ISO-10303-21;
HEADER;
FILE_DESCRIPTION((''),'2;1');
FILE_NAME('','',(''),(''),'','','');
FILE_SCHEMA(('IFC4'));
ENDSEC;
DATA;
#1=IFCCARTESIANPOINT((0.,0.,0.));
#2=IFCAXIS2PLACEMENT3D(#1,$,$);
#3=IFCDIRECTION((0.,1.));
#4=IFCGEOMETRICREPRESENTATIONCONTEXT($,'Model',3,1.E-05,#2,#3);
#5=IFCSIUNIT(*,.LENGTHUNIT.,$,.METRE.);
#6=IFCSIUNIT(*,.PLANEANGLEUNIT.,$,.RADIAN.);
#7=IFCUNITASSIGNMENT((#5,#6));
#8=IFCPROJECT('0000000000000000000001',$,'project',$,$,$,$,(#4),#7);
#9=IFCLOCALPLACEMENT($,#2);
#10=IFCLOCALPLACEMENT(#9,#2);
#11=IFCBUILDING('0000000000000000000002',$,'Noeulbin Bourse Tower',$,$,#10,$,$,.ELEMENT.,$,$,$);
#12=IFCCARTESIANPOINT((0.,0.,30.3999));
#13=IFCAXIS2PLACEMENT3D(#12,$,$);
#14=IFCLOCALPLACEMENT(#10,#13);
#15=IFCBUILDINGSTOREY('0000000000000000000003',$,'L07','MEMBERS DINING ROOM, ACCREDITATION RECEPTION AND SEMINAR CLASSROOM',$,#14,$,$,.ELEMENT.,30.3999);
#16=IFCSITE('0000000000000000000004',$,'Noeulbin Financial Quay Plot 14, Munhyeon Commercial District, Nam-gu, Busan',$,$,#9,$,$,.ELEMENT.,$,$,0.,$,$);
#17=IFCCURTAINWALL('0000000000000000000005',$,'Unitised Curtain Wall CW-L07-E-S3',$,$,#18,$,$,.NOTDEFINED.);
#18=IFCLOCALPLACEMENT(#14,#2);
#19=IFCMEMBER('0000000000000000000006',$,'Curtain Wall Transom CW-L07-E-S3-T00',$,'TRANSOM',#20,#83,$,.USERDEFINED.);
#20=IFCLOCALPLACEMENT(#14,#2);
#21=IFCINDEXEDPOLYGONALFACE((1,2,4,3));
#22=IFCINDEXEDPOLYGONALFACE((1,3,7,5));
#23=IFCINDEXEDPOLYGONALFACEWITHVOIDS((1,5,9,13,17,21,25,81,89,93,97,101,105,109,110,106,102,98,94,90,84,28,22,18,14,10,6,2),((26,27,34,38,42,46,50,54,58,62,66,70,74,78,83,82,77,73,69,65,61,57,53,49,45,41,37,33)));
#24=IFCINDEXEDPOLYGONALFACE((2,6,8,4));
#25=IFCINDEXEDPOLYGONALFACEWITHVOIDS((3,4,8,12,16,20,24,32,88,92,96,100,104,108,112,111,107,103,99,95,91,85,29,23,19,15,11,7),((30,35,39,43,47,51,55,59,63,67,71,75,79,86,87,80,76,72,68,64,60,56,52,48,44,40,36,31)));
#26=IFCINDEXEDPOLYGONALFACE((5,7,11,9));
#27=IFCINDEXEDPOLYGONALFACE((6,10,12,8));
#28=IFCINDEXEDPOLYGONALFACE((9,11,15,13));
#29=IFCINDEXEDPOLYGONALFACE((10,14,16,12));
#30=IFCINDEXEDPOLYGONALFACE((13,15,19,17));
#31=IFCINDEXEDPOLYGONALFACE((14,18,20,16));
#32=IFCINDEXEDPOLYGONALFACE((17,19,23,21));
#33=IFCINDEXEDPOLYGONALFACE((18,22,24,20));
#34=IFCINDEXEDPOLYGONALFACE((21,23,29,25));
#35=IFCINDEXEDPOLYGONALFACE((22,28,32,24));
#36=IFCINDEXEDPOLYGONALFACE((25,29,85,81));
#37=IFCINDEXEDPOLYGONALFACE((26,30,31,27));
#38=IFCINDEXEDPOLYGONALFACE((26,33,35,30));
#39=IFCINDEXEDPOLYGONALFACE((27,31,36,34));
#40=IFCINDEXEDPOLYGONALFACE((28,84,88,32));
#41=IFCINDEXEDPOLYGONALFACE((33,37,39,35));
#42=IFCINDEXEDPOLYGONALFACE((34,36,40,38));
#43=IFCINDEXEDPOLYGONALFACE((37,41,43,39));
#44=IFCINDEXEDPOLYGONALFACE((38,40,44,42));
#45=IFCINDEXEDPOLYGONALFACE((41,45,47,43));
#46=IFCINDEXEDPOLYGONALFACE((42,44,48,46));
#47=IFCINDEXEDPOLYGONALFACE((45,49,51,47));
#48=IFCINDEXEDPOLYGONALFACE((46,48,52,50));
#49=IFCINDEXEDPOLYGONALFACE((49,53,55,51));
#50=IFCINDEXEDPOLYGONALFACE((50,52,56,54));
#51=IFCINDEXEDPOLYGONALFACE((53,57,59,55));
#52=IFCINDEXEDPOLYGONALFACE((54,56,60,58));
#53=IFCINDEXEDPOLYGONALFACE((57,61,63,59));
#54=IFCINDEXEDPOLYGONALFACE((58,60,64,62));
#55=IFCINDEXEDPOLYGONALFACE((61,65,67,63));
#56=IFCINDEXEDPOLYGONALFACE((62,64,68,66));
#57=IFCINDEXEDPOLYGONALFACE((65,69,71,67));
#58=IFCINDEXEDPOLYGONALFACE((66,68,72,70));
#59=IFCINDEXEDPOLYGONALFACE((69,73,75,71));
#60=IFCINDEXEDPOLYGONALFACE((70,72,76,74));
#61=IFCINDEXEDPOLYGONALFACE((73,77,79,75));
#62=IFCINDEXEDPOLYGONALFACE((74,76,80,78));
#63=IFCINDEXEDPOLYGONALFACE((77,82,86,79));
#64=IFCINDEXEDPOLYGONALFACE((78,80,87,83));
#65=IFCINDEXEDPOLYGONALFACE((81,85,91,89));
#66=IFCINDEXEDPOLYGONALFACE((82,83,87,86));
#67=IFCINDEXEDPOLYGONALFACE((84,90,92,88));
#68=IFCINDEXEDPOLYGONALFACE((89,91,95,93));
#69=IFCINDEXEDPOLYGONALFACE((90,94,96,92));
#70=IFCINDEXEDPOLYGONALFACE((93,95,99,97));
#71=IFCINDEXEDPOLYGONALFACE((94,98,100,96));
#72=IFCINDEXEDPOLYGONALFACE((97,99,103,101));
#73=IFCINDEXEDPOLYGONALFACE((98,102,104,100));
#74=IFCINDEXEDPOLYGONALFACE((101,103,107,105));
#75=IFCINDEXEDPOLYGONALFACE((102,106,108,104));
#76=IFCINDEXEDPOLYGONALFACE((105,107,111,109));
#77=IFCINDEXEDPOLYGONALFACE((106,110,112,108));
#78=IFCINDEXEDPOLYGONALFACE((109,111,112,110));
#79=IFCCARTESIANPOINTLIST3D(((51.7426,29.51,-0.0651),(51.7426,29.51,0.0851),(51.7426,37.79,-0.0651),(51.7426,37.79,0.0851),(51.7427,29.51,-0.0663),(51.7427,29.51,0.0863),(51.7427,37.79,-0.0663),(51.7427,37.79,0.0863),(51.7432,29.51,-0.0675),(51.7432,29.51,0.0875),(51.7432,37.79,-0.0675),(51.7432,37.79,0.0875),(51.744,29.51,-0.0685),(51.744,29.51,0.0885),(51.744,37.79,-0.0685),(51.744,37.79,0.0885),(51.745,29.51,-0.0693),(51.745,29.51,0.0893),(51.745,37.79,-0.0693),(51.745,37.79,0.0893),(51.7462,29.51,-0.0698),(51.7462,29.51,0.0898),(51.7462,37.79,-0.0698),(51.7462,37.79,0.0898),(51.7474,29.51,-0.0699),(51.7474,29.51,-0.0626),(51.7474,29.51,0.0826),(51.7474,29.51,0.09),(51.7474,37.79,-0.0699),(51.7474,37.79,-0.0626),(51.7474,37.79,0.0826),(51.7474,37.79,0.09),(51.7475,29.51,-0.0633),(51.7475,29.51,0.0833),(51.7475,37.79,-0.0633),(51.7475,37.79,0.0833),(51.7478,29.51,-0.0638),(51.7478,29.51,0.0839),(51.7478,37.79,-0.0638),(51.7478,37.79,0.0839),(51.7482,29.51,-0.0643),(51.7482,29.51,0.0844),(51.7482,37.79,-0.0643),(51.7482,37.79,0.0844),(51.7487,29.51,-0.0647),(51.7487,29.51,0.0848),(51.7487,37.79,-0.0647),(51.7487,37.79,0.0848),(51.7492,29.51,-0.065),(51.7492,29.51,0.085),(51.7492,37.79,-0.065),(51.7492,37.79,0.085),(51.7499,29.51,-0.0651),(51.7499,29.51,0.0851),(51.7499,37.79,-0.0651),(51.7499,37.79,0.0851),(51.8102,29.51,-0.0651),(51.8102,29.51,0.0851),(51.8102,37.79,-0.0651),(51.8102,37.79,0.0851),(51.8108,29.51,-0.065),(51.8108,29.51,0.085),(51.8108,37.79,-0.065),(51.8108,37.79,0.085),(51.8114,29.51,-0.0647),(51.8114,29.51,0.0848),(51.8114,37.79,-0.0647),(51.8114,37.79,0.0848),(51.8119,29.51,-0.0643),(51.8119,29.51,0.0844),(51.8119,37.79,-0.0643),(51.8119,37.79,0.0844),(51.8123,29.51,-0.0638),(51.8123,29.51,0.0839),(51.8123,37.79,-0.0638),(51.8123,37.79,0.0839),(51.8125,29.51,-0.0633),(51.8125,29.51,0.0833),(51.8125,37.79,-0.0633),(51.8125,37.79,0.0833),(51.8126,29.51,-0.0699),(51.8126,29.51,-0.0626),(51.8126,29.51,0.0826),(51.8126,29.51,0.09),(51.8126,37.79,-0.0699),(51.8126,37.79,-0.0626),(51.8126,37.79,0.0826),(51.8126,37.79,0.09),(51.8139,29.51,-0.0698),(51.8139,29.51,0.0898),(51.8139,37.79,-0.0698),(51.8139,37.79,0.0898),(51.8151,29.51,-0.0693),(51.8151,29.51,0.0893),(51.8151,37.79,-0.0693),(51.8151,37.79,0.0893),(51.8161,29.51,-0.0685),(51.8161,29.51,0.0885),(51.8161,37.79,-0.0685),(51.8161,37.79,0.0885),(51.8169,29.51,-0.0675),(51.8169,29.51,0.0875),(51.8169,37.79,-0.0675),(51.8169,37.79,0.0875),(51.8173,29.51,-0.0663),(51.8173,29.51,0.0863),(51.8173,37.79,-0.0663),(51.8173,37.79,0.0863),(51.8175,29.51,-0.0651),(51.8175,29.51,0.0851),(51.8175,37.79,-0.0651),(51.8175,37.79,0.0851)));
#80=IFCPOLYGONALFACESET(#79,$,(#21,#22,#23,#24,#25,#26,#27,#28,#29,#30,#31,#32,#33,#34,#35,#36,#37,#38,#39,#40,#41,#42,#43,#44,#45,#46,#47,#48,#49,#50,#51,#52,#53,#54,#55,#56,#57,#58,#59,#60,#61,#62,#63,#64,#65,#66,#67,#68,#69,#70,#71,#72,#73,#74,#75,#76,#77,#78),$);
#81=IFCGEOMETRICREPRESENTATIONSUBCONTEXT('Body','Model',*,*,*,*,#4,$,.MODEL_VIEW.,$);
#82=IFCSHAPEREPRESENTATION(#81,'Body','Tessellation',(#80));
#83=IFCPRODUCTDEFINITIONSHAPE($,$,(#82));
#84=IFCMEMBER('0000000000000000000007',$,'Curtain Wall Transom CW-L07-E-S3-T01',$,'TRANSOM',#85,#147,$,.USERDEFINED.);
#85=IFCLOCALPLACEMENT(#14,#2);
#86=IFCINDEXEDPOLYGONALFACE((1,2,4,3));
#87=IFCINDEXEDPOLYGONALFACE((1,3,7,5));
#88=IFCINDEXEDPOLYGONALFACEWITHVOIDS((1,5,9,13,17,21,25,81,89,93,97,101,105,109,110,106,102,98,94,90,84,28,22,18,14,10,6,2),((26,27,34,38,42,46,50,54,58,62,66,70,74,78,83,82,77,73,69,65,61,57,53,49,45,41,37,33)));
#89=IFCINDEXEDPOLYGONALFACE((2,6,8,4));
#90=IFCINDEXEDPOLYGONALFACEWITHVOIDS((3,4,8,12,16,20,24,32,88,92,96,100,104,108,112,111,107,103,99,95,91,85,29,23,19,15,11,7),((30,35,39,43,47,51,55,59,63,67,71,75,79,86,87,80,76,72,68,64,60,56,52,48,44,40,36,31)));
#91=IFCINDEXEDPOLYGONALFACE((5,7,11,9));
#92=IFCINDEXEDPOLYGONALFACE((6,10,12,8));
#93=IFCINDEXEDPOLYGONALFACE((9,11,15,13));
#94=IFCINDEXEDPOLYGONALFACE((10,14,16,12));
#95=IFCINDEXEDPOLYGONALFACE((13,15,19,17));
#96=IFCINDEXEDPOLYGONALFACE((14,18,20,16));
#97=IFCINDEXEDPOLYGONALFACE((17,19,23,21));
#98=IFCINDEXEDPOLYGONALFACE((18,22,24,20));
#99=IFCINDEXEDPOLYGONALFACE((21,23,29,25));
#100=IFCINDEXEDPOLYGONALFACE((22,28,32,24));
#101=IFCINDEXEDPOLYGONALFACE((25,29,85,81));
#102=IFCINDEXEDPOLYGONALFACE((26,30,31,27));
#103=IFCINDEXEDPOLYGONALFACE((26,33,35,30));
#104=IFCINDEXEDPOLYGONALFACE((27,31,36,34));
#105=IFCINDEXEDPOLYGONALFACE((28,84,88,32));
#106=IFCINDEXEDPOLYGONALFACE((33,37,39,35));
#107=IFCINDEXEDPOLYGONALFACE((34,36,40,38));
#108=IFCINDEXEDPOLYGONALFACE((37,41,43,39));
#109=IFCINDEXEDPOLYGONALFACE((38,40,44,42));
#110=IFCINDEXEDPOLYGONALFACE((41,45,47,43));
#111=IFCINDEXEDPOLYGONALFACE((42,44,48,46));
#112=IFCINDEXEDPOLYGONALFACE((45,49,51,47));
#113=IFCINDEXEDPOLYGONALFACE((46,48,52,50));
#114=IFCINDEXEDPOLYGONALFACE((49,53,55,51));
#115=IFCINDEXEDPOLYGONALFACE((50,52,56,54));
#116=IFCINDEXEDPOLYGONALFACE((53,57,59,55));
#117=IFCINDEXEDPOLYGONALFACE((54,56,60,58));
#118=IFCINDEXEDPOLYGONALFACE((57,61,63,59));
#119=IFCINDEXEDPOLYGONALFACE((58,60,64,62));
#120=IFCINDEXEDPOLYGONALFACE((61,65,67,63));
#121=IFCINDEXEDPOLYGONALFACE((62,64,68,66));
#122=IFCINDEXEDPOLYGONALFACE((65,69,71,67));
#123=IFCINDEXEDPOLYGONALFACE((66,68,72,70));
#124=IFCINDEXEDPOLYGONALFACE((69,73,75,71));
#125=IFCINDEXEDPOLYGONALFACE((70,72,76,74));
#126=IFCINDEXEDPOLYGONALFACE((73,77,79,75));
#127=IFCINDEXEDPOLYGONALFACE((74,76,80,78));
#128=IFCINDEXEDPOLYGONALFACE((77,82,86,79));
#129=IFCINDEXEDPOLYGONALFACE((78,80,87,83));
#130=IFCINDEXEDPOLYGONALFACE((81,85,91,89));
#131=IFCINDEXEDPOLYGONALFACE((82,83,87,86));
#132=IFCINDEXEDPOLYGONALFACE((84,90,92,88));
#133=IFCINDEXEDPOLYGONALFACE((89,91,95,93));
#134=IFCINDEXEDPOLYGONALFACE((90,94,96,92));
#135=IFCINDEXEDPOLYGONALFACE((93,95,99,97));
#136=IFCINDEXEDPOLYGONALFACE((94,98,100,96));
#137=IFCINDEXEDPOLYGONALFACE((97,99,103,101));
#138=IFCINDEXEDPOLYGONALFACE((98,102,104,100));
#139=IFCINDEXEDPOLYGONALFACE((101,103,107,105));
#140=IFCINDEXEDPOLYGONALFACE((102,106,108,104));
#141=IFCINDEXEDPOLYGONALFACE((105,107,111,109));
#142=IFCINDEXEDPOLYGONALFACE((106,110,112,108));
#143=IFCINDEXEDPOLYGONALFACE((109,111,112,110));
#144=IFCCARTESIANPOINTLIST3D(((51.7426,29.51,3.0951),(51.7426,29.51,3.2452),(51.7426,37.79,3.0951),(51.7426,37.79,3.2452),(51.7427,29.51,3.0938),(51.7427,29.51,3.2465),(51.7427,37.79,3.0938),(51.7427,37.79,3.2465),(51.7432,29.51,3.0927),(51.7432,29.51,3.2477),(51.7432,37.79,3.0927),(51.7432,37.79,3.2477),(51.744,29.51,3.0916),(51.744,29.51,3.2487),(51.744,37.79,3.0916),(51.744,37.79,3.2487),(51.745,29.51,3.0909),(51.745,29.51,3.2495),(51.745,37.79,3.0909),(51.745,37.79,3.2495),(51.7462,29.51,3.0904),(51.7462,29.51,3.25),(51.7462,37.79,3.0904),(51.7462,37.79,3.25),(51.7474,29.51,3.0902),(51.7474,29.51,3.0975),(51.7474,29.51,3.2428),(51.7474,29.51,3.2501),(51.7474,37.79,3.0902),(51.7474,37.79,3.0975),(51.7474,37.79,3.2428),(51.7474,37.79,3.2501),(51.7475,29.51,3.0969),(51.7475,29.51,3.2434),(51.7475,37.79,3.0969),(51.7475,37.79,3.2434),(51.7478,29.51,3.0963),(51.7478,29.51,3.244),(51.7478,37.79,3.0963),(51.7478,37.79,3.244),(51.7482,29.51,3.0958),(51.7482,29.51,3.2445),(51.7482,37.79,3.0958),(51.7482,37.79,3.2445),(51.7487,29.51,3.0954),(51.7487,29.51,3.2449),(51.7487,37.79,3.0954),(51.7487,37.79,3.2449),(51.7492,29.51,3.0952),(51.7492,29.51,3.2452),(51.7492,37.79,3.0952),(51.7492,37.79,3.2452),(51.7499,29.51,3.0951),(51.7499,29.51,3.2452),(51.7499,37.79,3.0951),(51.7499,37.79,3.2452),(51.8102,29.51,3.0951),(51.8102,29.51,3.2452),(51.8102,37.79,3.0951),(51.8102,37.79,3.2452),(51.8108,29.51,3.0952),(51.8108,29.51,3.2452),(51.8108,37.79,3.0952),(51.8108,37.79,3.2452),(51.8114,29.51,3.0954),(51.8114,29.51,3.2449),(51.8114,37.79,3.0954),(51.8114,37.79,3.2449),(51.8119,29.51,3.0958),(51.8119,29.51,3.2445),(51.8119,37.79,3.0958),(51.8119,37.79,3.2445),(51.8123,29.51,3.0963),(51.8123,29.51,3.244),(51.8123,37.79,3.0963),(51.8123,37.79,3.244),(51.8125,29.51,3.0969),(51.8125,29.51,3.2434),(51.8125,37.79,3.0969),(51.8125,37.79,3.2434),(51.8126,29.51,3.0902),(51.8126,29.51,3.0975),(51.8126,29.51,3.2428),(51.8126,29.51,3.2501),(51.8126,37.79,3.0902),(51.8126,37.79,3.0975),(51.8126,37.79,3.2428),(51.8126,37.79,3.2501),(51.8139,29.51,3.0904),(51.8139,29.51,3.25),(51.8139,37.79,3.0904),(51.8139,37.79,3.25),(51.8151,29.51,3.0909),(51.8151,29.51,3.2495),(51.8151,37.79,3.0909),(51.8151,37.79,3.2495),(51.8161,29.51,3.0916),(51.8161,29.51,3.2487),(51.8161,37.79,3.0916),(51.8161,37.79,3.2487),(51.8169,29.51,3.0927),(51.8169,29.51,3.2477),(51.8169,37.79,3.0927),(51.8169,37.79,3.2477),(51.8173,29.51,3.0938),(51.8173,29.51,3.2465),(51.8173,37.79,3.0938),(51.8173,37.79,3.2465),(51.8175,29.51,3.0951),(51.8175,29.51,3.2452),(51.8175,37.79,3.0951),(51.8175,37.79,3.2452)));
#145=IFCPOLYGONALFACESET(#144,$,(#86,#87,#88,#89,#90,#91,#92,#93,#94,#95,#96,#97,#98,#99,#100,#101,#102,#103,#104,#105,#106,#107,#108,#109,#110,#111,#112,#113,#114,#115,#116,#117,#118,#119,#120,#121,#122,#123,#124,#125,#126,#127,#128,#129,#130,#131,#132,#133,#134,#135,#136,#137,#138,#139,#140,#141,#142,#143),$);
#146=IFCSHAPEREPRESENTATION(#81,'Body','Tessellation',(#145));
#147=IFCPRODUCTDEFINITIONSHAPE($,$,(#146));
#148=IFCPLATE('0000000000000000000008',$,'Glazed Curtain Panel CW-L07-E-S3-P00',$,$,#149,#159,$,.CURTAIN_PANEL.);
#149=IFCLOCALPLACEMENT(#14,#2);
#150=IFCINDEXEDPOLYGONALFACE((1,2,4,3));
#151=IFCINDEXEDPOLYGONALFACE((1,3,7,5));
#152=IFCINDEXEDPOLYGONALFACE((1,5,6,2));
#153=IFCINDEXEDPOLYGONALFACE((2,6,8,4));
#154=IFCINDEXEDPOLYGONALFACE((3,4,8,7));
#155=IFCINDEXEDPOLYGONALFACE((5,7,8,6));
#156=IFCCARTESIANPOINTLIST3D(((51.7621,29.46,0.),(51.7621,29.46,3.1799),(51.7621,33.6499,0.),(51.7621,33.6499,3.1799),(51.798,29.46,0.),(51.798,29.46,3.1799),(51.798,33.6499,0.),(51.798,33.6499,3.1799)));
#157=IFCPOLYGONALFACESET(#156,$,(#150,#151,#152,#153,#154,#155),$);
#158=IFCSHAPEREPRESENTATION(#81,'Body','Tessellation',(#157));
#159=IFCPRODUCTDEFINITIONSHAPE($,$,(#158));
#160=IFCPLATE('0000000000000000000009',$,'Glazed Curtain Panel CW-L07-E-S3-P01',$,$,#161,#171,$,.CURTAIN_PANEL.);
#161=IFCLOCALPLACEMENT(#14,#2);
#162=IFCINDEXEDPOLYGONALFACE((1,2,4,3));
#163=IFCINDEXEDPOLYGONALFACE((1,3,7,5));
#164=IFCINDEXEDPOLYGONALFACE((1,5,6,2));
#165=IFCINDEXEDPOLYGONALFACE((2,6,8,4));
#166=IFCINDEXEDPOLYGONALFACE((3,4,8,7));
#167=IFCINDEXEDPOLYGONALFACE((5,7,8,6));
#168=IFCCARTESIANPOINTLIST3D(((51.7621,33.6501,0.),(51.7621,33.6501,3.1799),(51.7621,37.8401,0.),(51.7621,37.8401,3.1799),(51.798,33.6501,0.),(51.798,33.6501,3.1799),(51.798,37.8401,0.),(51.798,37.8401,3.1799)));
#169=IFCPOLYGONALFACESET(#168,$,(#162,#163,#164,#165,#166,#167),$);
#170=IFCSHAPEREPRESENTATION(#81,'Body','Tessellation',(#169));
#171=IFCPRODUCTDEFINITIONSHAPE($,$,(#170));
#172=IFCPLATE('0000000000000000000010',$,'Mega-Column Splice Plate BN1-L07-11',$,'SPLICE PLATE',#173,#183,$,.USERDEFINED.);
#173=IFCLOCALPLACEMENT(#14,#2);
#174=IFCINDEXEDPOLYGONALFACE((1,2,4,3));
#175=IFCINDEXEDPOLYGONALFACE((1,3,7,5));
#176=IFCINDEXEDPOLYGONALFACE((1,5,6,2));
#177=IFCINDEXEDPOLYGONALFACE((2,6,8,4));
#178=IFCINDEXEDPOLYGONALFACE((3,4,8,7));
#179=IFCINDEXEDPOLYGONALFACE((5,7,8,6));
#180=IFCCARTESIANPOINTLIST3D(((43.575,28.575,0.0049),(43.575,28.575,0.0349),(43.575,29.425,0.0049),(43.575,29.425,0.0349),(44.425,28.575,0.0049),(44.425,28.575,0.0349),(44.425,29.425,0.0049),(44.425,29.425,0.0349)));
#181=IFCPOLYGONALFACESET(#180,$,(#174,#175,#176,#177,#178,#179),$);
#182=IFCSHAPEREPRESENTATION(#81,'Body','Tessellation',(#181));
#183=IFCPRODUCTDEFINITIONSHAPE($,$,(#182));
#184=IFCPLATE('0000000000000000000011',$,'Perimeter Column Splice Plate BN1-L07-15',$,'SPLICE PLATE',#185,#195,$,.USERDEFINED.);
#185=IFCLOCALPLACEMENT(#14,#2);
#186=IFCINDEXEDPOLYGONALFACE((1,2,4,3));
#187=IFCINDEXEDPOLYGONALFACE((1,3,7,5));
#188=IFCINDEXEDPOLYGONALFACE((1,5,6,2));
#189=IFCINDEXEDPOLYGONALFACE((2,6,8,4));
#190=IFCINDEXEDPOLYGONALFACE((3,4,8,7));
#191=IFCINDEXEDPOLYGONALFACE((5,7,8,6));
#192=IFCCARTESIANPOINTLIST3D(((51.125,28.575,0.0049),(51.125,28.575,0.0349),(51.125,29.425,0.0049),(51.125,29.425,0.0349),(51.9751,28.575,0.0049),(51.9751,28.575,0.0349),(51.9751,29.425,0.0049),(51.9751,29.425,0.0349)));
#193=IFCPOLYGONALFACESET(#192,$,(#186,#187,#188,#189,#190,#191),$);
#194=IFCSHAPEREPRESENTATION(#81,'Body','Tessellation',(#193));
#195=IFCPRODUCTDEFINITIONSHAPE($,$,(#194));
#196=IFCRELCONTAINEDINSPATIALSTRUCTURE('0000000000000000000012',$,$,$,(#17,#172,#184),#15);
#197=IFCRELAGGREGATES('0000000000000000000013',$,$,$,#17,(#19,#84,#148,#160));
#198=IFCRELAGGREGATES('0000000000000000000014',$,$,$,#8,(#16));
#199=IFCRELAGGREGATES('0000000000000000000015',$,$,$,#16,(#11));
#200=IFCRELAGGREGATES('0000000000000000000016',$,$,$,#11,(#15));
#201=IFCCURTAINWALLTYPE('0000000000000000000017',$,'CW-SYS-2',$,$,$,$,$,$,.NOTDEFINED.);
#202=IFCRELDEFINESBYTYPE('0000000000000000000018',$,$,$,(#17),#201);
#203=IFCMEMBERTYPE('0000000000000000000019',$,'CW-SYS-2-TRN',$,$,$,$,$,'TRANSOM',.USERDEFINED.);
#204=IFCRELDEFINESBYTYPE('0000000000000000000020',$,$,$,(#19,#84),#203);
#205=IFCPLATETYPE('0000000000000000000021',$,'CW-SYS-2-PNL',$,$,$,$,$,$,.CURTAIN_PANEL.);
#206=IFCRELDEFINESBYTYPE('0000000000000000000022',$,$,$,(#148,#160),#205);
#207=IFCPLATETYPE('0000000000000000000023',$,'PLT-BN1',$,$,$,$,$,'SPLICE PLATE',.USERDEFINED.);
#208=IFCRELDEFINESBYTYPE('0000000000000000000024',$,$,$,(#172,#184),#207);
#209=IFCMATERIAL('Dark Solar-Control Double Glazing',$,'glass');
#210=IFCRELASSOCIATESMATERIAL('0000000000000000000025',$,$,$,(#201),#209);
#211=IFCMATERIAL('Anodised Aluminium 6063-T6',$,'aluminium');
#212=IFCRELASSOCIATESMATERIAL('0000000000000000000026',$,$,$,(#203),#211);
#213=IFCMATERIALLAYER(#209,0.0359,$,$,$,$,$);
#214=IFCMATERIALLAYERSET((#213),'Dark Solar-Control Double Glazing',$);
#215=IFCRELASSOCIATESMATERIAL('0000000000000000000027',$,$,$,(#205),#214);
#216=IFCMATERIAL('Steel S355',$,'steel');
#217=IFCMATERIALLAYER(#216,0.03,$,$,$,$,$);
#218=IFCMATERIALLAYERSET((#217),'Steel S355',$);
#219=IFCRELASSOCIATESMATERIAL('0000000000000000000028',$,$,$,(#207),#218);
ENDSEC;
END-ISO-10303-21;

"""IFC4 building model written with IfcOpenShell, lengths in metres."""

from ifc_helpers import new_model, si_unit, direction, frame, origin, origin_2d, place, context, subcontext, project, spatial, rectangle, hollow_rectangle, extrude, material, layer, layer_set, material_profile, profile_set, type_object, element, aggregate, save


model = new_model("IFC4")

# Units and contexts
model_context = context("Model", 3, precision=1e-05, world=origin(), true_north=direction((0.0, 1.0)))
body_context = subcontext(model_context, "Body", "Model", "MODEL_VIEW")
ifc_project = project(units=[si_unit("LENGTHUNIT", "METRE"), si_unit("PLANEANGLEUNIT", "RADIAN")], contexts=[model_context])

# Site, building, storey
site_placement = place(None, origin())
site = spatial("IfcSite", under=ifc_project, at=site_placement, Name="Noeulbin Financial Quay Plot 14, Munhyeon Commercial District, Nam-gu, Busan", CompositionType="ELEMENT", RefElevation=0.0)
building_placement = place(site_placement, origin())
building = spatial("IfcBuilding", under=site, at=building_placement, Name="Noeulbin Bourse Tower", CompositionType="ELEMENT")
storey_placement = place(building_placement, frame((0.0, 0.0, 30.3999)))
storey = spatial("IfcBuildingStorey", under=building, at=storey_placement, Name="L07", Description="MEMBERS DINING ROOM, ACCREDITATION RECEPTION AND SEMINAR CLASSROOM", CompositionType="ELEMENT", Elevation=30.3999)

# Shared definitions
ifc_material_1 = material(Name="Steel S355", Category="steel")

# Curtain wall, members, plates
ifc_material_2 = material(Name="Dark Solar-Control Double Glazing", Category="glass")
curtain_wall_type = type_object("IfcCurtainWallType", Name="CW-SYS-2", PredefinedType="NOTDEFINED", material=ifc_material_2)
curtain_wall_placement = place(storey_placement, origin())
curtain_wall = element("IfcCurtainWall", 1, at=curtain_wall_placement, inside=storey, type_object=curtain_wall_type, Name="Unitised Curtain Wall CW-L07-E-S3", PredefinedType="NOTDEFINED")
ifc_material_3 = material(Name="Anodised Aluminium 6063-T6", Category="aluminium")
ifc_material_profile_1 = material_profile(ifc_material_3, hollow_rectangle(XDim=0.075, YDim=0.1599, WallThickness=0.0049, InnerFilletRadius=0.0024, OuterFilletRadius=0.0049, at=origin_2d()), Name="ALU-TRAN-75x160x5", Category="LoadBearing")
ifc_profile_set_1 = profile_set([ifc_material_profile_1], Name="Anodised Aluminium 6063-T6")
member_type_1 = type_object("IfcMemberType", Name="CW-SYS-2-TRN", ElementType="TRANSOM", PredefinedType="USERDEFINED", material=ifc_profile_set_1)
member_1_placement = place(storey_placement, frame((51.78, 29.51, 0.01), z_axis=(0.0, 1.0, 0.0), x_axis=(-1.0, 0.0, 0.0)))
member_1 = element("IfcMember", 2, at=member_1_placement, type_object=member_type_1, Name="Curtain Wall Transom CW-L07-E-S3-T00", ObjectType="TRANSOM", PredefinedType="USERDEFINED", context=body_context, shape_type="SweptSolid", body=[
    extrude(hollow_rectangle(XDim=0.075, YDim=0.1599, WallThickness=0.0049, InnerFilletRadius=0.0024, OuterFilletRadius=0.0049, at=origin_2d()), origin(), (0.0, 0.0, 1.0), 8.28),
])
member_2_placement = place(storey_placement, frame((51.78, 29.51, 3.1702), z_axis=(0.0, 1.0, 0.0), x_axis=(-1.0, 0.0, 0.0)))
member_2 = element("IfcMember", 3, at=member_2_placement, type_object=member_type_1, Name="Curtain Wall Transom CW-L07-E-S3-T01", ObjectType="TRANSOM", PredefinedType="USERDEFINED", context=body_context, shape_type="SweptSolid", body=[
    extrude(hollow_rectangle(XDim=0.075, YDim=0.1599, WallThickness=0.0049, InnerFilletRadius=0.0024, OuterFilletRadius=0.0049, at=origin_2d()), origin(), (0.0, 0.0, 1.0), 8.28),
])
ifc_layer_1 = layer(ifc_material_2, 0.0359)
ifc_layer_set_1 = layer_set([ifc_layer_1], Name="Dark Solar-Control Double Glazing")
plate_type_1 = type_object("IfcPlateType", Name="CW-SYS-2-PNL", PredefinedType="CURTAIN_PANEL", material=ifc_layer_set_1)
plate_1_placement = place(storey_placement, frame((51.78, 31.5549, 0.0), z_axis=(0.0, 0.0, 1.0), x_axis=(0.0, 1.0, 0.0)))
plate_1 = element("IfcPlate", 4, at=plate_1_placement, type_object=plate_type_1, Name="Glazed Curtain Panel CW-L07-E-S3-P00", PredefinedType="CURTAIN_PANEL", context=body_context, shape_type="SweptSolid", body=[
    extrude(rectangle(XDim=4.1899, YDim=0.0359, at=origin_2d()), origin(), (0.0, 0.0, 1.0), 3.1799),
])
plate_2_placement = place(storey_placement, frame((51.78, 35.7451, 0.0), z_axis=(0.0, 0.0, 1.0), x_axis=(0.0, 1.0, 0.0)))
plate_2 = element("IfcPlate", 5, at=plate_2_placement, type_object=plate_type_1, Name="Glazed Curtain Panel CW-L07-E-S3-P01", PredefinedType="CURTAIN_PANEL", context=body_context, shape_type="SweptSolid", body=[
    extrude(rectangle(XDim=4.1899, YDim=0.0359, at=origin_2d()), origin(), (0.0, 0.0, 1.0), 3.1799),
])
aggregate(curtain_wall, [member_1, member_2, plate_1, plate_2])

# Plates
ifc_layer_2 = layer(ifc_material_1, 0.03)
ifc_layer_set_2 = layer_set([ifc_layer_2], Name="Steel S355")
plate_type_2 = type_object("IfcPlateType", Name="PLT-BN1", ElementType="SPLICE PLATE", PredefinedType="USERDEFINED", material=ifc_layer_set_2)
for number, where, z_axis, x_axis, name in (
    (6, (44.0, 29.0, 0.0049), (0.0, 0.0, 1.0), (1.0, 0.0, 0.0), "Mega-Column Splice Plate BN1-L07-11"),
    (7, (51.55, 29.0, 0.0049), (0.0, 0.0, 1.0), (1.0, 0.0, 0.0), "Perimeter Column Splice Plate BN1-L07-15"),
):
    element("IfcPlate", number, at=place(storey_placement, frame(where, z_axis=z_axis, x_axis=x_axis)), inside=storey, type_object=plate_type_2, Name=name, ObjectType="SPLICE PLATE", PredefinedType="USERDEFINED", context=body_context, shape_type="SweptSolid", body=[
        extrude(rectangle(XDim=0.8501, YDim=0.8501, at=origin_2d()), origin(), (0.0, 0.0, 1.0), 0.03),
    ])

save(model, "model.ifc")
